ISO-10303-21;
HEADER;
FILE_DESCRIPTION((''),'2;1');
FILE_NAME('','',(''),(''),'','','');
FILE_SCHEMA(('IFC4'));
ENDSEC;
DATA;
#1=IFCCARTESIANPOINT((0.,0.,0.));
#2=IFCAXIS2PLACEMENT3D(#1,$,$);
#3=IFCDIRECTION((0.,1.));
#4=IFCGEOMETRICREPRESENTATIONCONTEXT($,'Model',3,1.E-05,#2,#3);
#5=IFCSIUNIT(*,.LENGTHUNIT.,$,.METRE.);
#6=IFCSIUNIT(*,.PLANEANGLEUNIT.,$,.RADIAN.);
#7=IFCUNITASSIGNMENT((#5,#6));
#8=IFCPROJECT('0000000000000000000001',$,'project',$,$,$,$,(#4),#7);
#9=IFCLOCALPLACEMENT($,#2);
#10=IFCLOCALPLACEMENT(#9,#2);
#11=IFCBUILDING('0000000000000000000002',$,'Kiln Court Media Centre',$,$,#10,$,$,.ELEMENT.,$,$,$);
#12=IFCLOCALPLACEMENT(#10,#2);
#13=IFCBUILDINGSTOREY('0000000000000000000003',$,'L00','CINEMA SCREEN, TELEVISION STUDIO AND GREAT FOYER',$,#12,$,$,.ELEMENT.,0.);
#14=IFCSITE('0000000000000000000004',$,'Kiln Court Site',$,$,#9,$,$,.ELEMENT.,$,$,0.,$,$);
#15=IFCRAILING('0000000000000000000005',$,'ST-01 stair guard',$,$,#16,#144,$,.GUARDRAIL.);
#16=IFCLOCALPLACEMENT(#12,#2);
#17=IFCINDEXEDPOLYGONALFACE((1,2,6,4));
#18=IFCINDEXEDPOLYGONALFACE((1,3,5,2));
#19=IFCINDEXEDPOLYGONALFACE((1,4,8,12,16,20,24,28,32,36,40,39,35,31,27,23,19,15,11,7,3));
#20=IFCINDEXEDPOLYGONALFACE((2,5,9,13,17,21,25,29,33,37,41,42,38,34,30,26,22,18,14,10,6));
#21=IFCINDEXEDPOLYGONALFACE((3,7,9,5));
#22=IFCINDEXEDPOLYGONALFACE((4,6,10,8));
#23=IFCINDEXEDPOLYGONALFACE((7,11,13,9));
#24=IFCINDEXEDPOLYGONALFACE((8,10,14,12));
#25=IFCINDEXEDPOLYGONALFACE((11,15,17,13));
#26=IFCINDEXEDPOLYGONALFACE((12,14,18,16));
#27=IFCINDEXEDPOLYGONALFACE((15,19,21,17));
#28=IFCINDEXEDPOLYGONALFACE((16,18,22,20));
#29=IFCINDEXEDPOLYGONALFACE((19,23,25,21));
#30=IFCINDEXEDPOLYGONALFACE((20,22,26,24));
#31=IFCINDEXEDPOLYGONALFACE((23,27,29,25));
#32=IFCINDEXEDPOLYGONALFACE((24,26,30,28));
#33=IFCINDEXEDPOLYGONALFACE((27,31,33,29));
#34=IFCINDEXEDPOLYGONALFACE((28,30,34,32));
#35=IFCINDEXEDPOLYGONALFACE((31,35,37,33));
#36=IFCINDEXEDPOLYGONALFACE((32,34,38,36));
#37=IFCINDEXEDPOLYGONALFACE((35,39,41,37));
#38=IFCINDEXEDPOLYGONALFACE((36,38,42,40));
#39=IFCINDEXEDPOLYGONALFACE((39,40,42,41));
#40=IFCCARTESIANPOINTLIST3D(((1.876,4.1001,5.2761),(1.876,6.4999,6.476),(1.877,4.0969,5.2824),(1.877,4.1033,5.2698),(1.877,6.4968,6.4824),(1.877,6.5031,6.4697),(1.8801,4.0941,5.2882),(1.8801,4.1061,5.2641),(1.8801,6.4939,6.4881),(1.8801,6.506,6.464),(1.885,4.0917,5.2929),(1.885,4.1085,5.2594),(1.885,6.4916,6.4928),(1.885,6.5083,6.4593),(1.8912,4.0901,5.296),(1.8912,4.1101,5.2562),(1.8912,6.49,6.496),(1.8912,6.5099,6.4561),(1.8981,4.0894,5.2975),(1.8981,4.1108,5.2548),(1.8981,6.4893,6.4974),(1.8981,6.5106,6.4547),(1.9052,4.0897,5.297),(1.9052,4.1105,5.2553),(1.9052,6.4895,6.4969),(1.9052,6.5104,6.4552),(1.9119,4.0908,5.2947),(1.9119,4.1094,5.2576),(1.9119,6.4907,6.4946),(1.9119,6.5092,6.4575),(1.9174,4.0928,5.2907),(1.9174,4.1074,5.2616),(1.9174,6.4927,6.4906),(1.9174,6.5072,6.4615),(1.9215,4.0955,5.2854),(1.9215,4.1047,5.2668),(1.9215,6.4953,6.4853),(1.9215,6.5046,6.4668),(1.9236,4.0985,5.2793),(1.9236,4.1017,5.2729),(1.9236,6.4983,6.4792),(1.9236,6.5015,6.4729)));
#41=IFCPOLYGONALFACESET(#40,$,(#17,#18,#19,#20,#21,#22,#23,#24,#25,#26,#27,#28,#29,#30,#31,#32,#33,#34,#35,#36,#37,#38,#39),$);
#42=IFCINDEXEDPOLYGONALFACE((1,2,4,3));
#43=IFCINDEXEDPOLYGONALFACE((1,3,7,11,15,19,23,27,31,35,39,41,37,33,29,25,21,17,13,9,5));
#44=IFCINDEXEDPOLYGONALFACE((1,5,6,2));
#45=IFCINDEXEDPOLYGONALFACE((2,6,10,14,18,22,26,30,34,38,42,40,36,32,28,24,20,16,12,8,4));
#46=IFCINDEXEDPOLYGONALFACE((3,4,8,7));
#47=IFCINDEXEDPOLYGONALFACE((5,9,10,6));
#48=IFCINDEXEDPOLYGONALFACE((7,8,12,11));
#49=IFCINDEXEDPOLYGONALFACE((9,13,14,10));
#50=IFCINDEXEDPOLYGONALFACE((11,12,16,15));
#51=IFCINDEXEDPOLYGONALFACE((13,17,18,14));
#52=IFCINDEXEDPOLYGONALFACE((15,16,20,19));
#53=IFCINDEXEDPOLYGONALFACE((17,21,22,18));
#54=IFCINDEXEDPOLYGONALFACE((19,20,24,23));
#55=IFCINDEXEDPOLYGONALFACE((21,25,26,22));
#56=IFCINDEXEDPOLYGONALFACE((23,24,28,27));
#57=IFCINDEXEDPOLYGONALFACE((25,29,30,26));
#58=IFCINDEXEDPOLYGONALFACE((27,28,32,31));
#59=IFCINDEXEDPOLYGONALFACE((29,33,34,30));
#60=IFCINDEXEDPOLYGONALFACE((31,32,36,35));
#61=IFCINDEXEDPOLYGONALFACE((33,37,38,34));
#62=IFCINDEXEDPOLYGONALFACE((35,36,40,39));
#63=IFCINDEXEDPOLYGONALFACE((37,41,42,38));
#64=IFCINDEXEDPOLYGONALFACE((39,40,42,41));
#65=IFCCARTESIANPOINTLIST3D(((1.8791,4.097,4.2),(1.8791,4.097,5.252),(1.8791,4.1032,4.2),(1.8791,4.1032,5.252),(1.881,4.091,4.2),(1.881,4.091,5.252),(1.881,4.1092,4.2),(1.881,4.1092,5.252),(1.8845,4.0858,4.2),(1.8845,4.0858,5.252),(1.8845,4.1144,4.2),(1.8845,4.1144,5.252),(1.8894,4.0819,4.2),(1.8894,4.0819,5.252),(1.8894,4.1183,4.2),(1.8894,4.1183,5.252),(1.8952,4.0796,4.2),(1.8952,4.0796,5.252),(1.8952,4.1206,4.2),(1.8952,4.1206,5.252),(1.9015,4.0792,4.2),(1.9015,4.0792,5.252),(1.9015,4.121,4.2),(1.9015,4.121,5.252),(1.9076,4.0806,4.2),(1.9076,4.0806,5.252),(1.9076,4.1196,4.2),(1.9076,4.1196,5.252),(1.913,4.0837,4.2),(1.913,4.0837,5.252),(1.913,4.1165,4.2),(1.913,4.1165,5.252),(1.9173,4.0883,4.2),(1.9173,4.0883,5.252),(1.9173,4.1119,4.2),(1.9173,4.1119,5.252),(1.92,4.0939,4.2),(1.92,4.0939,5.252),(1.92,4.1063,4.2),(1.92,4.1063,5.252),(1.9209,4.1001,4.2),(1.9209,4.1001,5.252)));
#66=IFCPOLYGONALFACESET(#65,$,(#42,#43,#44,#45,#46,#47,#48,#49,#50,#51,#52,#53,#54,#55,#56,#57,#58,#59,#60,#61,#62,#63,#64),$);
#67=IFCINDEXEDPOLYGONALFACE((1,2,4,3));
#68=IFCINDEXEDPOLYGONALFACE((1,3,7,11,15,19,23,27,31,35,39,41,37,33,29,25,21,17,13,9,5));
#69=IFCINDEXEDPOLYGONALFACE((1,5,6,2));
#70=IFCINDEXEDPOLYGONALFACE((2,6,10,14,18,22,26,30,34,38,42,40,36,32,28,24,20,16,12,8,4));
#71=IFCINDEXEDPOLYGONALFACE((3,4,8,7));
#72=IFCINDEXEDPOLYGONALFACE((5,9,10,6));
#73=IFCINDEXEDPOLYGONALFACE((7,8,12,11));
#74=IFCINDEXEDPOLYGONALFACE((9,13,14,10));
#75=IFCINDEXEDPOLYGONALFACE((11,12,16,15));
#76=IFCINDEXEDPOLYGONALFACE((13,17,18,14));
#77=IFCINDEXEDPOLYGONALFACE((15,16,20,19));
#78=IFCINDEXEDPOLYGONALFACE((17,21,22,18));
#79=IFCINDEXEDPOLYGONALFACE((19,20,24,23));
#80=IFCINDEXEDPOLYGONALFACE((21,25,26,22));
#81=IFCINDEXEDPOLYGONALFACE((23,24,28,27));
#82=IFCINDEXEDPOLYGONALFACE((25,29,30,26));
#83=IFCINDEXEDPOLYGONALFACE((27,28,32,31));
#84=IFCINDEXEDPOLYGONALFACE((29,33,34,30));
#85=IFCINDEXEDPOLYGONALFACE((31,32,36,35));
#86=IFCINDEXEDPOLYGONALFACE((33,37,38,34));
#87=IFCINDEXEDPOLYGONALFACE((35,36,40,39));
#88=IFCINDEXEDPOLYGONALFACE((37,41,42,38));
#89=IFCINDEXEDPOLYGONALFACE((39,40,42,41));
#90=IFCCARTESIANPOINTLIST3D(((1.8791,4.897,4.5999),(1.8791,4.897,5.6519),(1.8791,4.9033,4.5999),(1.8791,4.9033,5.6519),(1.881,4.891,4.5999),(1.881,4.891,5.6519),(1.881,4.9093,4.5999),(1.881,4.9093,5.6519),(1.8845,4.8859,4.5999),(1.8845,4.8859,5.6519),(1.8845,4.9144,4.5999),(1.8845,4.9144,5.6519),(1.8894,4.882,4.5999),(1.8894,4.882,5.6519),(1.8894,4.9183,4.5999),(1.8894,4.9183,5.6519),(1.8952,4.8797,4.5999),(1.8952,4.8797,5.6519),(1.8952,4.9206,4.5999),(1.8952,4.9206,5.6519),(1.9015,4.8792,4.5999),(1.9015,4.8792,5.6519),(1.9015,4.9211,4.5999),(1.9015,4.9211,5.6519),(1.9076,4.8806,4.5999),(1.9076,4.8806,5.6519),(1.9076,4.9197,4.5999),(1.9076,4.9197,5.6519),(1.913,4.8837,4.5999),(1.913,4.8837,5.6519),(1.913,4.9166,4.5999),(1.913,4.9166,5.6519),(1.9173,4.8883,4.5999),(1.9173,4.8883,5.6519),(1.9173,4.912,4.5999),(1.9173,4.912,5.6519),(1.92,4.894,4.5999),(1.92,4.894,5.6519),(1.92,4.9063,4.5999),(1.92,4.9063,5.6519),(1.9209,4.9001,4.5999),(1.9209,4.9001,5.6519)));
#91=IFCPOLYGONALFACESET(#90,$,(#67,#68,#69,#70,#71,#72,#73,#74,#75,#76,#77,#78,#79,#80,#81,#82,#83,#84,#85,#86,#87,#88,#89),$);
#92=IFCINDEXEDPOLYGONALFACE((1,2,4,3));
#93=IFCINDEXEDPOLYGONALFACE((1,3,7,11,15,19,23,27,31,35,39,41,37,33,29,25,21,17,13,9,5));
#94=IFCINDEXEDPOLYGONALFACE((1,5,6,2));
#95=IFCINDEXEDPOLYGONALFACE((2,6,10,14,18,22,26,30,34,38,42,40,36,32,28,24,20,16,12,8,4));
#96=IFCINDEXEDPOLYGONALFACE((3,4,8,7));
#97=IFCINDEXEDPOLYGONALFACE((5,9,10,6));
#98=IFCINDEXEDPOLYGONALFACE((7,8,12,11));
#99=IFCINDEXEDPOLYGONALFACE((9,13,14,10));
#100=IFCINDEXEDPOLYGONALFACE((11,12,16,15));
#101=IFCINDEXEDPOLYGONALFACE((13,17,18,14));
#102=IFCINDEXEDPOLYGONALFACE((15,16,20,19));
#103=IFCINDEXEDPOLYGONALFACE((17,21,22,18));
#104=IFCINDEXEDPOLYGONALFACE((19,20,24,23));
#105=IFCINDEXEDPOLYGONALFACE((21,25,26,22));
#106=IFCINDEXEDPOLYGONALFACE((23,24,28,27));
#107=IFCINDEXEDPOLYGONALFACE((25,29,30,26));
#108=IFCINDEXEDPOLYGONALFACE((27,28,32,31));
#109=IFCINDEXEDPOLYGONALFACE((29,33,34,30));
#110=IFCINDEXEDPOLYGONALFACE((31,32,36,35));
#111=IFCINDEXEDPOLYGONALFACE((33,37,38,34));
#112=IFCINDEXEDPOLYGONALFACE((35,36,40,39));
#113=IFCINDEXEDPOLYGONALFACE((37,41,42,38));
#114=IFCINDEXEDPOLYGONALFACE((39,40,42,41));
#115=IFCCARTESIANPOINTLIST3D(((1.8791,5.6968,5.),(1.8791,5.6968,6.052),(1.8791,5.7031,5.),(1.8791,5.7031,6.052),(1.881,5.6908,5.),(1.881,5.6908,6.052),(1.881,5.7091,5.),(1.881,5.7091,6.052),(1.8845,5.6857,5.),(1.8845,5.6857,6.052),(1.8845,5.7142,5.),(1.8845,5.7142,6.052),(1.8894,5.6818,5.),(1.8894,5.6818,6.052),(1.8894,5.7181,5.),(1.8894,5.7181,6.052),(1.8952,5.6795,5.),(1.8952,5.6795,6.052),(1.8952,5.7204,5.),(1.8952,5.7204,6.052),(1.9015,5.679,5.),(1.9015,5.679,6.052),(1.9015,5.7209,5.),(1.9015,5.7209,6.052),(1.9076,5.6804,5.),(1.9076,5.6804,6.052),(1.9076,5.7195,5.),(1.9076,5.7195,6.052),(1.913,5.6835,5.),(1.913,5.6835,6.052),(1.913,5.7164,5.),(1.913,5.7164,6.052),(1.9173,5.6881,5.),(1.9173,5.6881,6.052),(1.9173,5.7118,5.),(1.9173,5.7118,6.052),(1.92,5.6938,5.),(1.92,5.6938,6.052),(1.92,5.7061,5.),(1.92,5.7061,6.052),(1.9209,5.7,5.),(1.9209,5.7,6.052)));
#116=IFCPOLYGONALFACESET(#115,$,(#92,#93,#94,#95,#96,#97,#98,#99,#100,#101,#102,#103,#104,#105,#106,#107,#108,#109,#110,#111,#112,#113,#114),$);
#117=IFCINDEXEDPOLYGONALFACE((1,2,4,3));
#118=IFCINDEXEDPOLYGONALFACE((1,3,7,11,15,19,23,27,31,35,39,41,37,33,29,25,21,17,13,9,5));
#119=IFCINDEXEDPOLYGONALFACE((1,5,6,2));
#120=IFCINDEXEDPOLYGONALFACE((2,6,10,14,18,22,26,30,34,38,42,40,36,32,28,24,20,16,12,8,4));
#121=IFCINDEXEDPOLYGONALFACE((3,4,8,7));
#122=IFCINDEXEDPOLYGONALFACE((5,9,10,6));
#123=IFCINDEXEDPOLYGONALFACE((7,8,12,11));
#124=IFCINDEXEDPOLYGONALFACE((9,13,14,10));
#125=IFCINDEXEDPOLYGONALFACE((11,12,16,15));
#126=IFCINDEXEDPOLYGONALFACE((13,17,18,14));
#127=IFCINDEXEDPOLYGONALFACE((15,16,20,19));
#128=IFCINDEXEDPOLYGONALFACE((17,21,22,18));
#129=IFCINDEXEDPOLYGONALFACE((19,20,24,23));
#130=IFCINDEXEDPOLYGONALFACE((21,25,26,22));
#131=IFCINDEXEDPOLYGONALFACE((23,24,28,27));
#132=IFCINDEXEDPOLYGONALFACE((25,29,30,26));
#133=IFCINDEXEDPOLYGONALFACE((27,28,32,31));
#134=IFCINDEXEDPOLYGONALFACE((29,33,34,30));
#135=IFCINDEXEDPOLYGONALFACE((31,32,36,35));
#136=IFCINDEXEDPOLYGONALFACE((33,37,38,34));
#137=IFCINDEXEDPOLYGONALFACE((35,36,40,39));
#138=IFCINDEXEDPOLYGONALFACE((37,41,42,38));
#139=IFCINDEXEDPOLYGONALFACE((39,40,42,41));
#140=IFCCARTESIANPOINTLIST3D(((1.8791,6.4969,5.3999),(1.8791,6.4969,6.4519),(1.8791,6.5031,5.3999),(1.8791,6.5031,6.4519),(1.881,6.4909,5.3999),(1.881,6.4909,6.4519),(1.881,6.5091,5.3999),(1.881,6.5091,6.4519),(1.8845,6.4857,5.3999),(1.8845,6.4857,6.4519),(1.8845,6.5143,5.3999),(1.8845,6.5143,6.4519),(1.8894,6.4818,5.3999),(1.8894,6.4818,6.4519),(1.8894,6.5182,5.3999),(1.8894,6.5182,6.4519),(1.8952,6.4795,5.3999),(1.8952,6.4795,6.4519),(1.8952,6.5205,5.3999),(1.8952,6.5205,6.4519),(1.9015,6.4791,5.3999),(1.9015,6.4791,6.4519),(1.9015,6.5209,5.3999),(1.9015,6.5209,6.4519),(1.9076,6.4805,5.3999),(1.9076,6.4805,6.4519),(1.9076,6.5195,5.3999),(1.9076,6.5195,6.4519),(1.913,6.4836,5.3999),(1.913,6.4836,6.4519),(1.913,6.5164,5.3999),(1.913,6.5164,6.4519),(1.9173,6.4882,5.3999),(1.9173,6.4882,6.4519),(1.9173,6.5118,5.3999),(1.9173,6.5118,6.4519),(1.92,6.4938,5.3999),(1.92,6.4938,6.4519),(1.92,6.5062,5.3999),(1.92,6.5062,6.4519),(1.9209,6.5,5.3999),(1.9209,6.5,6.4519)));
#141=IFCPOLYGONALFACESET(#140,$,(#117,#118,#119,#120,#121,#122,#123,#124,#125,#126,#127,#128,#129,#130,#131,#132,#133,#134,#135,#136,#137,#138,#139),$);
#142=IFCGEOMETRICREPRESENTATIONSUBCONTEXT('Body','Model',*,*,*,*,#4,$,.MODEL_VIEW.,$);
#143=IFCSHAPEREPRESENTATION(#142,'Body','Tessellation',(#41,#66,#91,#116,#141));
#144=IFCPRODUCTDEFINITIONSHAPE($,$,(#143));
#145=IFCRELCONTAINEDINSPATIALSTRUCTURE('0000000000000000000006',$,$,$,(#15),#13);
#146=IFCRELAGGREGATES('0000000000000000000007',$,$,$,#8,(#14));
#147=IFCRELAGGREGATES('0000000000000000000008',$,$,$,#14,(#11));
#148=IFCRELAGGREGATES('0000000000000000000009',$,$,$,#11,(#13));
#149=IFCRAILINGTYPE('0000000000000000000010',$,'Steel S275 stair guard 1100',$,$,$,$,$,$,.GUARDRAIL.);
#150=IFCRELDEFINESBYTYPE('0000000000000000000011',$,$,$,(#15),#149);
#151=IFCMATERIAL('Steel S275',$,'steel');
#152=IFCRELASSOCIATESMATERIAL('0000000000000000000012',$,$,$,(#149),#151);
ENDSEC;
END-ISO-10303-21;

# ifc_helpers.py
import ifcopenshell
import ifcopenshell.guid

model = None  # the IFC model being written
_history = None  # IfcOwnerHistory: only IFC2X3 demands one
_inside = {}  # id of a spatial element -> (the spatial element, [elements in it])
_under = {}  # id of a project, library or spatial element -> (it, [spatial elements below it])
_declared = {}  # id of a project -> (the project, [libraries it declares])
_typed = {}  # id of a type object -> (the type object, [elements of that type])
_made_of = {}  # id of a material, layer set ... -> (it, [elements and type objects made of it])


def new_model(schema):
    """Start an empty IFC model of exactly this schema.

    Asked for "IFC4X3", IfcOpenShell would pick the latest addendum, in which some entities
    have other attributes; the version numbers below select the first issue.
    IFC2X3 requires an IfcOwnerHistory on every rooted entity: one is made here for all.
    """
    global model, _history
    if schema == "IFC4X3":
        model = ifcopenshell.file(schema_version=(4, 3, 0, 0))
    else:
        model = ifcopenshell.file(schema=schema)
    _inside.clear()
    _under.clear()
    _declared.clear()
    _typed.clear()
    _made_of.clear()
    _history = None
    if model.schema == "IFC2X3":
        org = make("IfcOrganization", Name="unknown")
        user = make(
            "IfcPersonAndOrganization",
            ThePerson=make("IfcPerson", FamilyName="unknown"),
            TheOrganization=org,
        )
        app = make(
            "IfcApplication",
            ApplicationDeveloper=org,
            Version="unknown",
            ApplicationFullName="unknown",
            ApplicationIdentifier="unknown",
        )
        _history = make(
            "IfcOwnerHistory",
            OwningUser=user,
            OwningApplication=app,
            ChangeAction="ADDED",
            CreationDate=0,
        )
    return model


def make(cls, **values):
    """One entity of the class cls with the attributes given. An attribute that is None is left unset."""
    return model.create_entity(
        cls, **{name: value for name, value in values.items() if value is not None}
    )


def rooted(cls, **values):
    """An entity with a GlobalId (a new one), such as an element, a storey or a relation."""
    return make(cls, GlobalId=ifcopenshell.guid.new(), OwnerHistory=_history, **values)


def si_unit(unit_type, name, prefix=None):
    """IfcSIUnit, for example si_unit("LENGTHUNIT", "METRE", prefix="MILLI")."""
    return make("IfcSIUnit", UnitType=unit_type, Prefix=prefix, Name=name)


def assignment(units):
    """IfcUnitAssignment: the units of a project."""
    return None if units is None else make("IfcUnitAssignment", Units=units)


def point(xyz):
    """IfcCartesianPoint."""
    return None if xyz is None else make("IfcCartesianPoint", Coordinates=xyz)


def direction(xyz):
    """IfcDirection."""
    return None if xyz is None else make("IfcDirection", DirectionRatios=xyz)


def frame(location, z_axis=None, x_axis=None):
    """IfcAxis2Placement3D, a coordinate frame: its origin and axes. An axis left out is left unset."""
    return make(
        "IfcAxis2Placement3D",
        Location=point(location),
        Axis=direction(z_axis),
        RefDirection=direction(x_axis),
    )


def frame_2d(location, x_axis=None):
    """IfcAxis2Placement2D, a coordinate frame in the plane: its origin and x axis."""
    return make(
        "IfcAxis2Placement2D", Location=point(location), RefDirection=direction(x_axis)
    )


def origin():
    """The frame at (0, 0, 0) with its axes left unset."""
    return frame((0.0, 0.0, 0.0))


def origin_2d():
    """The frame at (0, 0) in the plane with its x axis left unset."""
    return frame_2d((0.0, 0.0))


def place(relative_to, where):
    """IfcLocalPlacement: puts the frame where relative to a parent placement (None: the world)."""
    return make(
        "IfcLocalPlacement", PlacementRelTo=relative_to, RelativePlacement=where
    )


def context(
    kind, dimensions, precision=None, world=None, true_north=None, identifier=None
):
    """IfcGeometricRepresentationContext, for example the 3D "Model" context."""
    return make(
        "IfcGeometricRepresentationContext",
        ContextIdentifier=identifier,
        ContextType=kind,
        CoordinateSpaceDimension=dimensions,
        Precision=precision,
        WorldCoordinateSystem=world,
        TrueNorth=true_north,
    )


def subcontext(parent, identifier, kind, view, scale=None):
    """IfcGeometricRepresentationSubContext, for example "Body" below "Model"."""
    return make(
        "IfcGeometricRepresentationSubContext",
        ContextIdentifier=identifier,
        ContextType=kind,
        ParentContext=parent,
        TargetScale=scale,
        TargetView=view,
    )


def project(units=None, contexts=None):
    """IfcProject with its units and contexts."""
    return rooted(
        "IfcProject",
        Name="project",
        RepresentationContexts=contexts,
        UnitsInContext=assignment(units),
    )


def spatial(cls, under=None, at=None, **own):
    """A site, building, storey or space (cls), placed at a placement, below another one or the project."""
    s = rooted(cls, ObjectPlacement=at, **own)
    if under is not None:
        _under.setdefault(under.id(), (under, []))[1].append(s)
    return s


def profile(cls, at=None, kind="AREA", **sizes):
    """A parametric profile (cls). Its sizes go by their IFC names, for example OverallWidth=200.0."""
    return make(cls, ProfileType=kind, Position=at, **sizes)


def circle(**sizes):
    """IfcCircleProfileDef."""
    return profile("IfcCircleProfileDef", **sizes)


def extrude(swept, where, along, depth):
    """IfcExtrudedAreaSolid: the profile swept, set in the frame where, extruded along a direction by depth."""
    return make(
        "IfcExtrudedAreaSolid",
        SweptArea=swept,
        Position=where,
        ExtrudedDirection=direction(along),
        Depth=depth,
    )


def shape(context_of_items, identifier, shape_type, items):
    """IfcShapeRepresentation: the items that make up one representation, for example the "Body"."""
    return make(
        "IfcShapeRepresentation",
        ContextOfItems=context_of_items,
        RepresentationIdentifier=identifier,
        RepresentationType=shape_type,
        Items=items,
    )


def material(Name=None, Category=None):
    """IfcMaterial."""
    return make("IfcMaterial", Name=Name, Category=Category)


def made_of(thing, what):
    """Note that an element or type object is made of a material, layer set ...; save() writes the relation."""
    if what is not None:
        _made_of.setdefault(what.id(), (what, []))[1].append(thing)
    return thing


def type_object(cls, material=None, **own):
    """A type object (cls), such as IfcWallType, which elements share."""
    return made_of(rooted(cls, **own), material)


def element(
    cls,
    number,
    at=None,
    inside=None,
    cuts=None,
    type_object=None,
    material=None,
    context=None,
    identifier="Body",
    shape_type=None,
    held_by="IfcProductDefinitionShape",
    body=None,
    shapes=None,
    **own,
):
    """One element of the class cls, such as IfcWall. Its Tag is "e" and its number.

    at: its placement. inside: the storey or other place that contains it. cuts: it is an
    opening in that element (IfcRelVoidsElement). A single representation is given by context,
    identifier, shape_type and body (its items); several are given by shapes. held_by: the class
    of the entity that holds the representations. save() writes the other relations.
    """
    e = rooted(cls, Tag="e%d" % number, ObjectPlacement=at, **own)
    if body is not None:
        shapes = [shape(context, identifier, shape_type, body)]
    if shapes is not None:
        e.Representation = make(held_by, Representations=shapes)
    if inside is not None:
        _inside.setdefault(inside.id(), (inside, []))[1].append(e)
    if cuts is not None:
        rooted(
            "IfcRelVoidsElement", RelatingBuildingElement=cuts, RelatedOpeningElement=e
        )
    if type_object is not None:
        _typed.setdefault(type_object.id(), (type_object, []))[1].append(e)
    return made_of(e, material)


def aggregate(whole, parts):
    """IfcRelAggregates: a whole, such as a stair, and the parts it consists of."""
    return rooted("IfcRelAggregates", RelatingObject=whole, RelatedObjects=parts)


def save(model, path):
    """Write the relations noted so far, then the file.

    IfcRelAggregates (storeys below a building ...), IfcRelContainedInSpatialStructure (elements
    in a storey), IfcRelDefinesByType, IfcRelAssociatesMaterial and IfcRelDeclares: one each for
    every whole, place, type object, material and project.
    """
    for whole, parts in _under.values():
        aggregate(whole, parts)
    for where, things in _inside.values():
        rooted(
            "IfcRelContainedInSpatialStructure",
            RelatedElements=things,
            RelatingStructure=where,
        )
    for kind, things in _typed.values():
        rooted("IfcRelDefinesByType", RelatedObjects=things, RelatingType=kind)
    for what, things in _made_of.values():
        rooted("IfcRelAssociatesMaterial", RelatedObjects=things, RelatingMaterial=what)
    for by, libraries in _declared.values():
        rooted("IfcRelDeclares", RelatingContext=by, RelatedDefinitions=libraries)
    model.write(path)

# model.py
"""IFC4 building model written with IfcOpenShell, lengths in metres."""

from ifc_helpers import new_model, si_unit, direction, frame, origin, origin_2d, place, context, subcontext, project, spatial, circle, extrude, material, type_object, element, save


model = new_model("IFC4")

# Units and contexts
model_context = context("Model", 3, precision=1e-05, world=origin(), true_north=direction((0.0, 1.0)))
body_context = subcontext(model_context, "Body", "Model", "MODEL_VIEW")
ifc_project = project(units=[si_unit("LENGTHUNIT", "METRE"), si_unit("PLANEANGLEUNIT", "RADIAN")], contexts=[model_context])

# Site, building, storey
site_placement = place(None, origin())
site = spatial("IfcSite", under=ifc_project, at=site_placement, Name="Kiln Court Site", CompositionType="ELEMENT", RefElevation=0.0)
building_placement = place(site_placement, origin())
building = spatial("IfcBuilding", under=site, at=building_placement, Name="Kiln Court Media Centre", CompositionType="ELEMENT")
storey_placement = place(building_placement, origin())
storey = spatial("IfcBuildingStorey", under=building, at=storey_placement, Name="L00", Description="CINEMA SCREEN, TELEVISION STUDIO AND GREAT FOYER", CompositionType="ELEMENT", Elevation=0.0)

# Railing
ifc_material_1 = material(Name="Steel S275", Category="steel")
railing_type_1 = type_object("IfcRailingType", Name="Steel S275 stair guard 1100", PredefinedType="GUARDRAIL", material=ifc_material_1)
railing_1_placement = place(storey_placement, frame((1.8999, 4.1001, 4.2)))
element("IfcRailing", 1, at=railing_1_placement, inside=storey, type_object=railing_type_1, Name="ST-01 stair guard", PredefinedType="GUARDRAIL", context=body_context, shape_type="SweptSolid", body=[
    extrude(circle(Radius=0.0239, at=origin_2d()), frame((0.0, 0.0, 1.0762), z_axis=(0.0, 0.894427, 0.447214), x_axis=(-1.0, 0.0, 0.0)), (0.0, 0.0, 1.0), 2.6831),
    extrude(circle(Radius=0.021, at=origin_2d()), origin(), (0.0, 0.0, 1.0), 1.052),
    extrude(circle(Radius=0.021, at=origin_2d()), frame((0.0, 0.8, 0.3999)), (0.0, 0.0, 1.0), 1.052),
    extrude(circle(Radius=0.021, at=origin_2d()), frame((0.0, 1.5999, 0.8)), (0.0, 0.0, 1.0), 1.052),
    extrude(circle(Radius=0.021, at=origin_2d()), frame((0.0, 2.3999, 1.2)), (0.0, 0.0, 1.0), 1.052),
])

save(model, "model.ifc")
